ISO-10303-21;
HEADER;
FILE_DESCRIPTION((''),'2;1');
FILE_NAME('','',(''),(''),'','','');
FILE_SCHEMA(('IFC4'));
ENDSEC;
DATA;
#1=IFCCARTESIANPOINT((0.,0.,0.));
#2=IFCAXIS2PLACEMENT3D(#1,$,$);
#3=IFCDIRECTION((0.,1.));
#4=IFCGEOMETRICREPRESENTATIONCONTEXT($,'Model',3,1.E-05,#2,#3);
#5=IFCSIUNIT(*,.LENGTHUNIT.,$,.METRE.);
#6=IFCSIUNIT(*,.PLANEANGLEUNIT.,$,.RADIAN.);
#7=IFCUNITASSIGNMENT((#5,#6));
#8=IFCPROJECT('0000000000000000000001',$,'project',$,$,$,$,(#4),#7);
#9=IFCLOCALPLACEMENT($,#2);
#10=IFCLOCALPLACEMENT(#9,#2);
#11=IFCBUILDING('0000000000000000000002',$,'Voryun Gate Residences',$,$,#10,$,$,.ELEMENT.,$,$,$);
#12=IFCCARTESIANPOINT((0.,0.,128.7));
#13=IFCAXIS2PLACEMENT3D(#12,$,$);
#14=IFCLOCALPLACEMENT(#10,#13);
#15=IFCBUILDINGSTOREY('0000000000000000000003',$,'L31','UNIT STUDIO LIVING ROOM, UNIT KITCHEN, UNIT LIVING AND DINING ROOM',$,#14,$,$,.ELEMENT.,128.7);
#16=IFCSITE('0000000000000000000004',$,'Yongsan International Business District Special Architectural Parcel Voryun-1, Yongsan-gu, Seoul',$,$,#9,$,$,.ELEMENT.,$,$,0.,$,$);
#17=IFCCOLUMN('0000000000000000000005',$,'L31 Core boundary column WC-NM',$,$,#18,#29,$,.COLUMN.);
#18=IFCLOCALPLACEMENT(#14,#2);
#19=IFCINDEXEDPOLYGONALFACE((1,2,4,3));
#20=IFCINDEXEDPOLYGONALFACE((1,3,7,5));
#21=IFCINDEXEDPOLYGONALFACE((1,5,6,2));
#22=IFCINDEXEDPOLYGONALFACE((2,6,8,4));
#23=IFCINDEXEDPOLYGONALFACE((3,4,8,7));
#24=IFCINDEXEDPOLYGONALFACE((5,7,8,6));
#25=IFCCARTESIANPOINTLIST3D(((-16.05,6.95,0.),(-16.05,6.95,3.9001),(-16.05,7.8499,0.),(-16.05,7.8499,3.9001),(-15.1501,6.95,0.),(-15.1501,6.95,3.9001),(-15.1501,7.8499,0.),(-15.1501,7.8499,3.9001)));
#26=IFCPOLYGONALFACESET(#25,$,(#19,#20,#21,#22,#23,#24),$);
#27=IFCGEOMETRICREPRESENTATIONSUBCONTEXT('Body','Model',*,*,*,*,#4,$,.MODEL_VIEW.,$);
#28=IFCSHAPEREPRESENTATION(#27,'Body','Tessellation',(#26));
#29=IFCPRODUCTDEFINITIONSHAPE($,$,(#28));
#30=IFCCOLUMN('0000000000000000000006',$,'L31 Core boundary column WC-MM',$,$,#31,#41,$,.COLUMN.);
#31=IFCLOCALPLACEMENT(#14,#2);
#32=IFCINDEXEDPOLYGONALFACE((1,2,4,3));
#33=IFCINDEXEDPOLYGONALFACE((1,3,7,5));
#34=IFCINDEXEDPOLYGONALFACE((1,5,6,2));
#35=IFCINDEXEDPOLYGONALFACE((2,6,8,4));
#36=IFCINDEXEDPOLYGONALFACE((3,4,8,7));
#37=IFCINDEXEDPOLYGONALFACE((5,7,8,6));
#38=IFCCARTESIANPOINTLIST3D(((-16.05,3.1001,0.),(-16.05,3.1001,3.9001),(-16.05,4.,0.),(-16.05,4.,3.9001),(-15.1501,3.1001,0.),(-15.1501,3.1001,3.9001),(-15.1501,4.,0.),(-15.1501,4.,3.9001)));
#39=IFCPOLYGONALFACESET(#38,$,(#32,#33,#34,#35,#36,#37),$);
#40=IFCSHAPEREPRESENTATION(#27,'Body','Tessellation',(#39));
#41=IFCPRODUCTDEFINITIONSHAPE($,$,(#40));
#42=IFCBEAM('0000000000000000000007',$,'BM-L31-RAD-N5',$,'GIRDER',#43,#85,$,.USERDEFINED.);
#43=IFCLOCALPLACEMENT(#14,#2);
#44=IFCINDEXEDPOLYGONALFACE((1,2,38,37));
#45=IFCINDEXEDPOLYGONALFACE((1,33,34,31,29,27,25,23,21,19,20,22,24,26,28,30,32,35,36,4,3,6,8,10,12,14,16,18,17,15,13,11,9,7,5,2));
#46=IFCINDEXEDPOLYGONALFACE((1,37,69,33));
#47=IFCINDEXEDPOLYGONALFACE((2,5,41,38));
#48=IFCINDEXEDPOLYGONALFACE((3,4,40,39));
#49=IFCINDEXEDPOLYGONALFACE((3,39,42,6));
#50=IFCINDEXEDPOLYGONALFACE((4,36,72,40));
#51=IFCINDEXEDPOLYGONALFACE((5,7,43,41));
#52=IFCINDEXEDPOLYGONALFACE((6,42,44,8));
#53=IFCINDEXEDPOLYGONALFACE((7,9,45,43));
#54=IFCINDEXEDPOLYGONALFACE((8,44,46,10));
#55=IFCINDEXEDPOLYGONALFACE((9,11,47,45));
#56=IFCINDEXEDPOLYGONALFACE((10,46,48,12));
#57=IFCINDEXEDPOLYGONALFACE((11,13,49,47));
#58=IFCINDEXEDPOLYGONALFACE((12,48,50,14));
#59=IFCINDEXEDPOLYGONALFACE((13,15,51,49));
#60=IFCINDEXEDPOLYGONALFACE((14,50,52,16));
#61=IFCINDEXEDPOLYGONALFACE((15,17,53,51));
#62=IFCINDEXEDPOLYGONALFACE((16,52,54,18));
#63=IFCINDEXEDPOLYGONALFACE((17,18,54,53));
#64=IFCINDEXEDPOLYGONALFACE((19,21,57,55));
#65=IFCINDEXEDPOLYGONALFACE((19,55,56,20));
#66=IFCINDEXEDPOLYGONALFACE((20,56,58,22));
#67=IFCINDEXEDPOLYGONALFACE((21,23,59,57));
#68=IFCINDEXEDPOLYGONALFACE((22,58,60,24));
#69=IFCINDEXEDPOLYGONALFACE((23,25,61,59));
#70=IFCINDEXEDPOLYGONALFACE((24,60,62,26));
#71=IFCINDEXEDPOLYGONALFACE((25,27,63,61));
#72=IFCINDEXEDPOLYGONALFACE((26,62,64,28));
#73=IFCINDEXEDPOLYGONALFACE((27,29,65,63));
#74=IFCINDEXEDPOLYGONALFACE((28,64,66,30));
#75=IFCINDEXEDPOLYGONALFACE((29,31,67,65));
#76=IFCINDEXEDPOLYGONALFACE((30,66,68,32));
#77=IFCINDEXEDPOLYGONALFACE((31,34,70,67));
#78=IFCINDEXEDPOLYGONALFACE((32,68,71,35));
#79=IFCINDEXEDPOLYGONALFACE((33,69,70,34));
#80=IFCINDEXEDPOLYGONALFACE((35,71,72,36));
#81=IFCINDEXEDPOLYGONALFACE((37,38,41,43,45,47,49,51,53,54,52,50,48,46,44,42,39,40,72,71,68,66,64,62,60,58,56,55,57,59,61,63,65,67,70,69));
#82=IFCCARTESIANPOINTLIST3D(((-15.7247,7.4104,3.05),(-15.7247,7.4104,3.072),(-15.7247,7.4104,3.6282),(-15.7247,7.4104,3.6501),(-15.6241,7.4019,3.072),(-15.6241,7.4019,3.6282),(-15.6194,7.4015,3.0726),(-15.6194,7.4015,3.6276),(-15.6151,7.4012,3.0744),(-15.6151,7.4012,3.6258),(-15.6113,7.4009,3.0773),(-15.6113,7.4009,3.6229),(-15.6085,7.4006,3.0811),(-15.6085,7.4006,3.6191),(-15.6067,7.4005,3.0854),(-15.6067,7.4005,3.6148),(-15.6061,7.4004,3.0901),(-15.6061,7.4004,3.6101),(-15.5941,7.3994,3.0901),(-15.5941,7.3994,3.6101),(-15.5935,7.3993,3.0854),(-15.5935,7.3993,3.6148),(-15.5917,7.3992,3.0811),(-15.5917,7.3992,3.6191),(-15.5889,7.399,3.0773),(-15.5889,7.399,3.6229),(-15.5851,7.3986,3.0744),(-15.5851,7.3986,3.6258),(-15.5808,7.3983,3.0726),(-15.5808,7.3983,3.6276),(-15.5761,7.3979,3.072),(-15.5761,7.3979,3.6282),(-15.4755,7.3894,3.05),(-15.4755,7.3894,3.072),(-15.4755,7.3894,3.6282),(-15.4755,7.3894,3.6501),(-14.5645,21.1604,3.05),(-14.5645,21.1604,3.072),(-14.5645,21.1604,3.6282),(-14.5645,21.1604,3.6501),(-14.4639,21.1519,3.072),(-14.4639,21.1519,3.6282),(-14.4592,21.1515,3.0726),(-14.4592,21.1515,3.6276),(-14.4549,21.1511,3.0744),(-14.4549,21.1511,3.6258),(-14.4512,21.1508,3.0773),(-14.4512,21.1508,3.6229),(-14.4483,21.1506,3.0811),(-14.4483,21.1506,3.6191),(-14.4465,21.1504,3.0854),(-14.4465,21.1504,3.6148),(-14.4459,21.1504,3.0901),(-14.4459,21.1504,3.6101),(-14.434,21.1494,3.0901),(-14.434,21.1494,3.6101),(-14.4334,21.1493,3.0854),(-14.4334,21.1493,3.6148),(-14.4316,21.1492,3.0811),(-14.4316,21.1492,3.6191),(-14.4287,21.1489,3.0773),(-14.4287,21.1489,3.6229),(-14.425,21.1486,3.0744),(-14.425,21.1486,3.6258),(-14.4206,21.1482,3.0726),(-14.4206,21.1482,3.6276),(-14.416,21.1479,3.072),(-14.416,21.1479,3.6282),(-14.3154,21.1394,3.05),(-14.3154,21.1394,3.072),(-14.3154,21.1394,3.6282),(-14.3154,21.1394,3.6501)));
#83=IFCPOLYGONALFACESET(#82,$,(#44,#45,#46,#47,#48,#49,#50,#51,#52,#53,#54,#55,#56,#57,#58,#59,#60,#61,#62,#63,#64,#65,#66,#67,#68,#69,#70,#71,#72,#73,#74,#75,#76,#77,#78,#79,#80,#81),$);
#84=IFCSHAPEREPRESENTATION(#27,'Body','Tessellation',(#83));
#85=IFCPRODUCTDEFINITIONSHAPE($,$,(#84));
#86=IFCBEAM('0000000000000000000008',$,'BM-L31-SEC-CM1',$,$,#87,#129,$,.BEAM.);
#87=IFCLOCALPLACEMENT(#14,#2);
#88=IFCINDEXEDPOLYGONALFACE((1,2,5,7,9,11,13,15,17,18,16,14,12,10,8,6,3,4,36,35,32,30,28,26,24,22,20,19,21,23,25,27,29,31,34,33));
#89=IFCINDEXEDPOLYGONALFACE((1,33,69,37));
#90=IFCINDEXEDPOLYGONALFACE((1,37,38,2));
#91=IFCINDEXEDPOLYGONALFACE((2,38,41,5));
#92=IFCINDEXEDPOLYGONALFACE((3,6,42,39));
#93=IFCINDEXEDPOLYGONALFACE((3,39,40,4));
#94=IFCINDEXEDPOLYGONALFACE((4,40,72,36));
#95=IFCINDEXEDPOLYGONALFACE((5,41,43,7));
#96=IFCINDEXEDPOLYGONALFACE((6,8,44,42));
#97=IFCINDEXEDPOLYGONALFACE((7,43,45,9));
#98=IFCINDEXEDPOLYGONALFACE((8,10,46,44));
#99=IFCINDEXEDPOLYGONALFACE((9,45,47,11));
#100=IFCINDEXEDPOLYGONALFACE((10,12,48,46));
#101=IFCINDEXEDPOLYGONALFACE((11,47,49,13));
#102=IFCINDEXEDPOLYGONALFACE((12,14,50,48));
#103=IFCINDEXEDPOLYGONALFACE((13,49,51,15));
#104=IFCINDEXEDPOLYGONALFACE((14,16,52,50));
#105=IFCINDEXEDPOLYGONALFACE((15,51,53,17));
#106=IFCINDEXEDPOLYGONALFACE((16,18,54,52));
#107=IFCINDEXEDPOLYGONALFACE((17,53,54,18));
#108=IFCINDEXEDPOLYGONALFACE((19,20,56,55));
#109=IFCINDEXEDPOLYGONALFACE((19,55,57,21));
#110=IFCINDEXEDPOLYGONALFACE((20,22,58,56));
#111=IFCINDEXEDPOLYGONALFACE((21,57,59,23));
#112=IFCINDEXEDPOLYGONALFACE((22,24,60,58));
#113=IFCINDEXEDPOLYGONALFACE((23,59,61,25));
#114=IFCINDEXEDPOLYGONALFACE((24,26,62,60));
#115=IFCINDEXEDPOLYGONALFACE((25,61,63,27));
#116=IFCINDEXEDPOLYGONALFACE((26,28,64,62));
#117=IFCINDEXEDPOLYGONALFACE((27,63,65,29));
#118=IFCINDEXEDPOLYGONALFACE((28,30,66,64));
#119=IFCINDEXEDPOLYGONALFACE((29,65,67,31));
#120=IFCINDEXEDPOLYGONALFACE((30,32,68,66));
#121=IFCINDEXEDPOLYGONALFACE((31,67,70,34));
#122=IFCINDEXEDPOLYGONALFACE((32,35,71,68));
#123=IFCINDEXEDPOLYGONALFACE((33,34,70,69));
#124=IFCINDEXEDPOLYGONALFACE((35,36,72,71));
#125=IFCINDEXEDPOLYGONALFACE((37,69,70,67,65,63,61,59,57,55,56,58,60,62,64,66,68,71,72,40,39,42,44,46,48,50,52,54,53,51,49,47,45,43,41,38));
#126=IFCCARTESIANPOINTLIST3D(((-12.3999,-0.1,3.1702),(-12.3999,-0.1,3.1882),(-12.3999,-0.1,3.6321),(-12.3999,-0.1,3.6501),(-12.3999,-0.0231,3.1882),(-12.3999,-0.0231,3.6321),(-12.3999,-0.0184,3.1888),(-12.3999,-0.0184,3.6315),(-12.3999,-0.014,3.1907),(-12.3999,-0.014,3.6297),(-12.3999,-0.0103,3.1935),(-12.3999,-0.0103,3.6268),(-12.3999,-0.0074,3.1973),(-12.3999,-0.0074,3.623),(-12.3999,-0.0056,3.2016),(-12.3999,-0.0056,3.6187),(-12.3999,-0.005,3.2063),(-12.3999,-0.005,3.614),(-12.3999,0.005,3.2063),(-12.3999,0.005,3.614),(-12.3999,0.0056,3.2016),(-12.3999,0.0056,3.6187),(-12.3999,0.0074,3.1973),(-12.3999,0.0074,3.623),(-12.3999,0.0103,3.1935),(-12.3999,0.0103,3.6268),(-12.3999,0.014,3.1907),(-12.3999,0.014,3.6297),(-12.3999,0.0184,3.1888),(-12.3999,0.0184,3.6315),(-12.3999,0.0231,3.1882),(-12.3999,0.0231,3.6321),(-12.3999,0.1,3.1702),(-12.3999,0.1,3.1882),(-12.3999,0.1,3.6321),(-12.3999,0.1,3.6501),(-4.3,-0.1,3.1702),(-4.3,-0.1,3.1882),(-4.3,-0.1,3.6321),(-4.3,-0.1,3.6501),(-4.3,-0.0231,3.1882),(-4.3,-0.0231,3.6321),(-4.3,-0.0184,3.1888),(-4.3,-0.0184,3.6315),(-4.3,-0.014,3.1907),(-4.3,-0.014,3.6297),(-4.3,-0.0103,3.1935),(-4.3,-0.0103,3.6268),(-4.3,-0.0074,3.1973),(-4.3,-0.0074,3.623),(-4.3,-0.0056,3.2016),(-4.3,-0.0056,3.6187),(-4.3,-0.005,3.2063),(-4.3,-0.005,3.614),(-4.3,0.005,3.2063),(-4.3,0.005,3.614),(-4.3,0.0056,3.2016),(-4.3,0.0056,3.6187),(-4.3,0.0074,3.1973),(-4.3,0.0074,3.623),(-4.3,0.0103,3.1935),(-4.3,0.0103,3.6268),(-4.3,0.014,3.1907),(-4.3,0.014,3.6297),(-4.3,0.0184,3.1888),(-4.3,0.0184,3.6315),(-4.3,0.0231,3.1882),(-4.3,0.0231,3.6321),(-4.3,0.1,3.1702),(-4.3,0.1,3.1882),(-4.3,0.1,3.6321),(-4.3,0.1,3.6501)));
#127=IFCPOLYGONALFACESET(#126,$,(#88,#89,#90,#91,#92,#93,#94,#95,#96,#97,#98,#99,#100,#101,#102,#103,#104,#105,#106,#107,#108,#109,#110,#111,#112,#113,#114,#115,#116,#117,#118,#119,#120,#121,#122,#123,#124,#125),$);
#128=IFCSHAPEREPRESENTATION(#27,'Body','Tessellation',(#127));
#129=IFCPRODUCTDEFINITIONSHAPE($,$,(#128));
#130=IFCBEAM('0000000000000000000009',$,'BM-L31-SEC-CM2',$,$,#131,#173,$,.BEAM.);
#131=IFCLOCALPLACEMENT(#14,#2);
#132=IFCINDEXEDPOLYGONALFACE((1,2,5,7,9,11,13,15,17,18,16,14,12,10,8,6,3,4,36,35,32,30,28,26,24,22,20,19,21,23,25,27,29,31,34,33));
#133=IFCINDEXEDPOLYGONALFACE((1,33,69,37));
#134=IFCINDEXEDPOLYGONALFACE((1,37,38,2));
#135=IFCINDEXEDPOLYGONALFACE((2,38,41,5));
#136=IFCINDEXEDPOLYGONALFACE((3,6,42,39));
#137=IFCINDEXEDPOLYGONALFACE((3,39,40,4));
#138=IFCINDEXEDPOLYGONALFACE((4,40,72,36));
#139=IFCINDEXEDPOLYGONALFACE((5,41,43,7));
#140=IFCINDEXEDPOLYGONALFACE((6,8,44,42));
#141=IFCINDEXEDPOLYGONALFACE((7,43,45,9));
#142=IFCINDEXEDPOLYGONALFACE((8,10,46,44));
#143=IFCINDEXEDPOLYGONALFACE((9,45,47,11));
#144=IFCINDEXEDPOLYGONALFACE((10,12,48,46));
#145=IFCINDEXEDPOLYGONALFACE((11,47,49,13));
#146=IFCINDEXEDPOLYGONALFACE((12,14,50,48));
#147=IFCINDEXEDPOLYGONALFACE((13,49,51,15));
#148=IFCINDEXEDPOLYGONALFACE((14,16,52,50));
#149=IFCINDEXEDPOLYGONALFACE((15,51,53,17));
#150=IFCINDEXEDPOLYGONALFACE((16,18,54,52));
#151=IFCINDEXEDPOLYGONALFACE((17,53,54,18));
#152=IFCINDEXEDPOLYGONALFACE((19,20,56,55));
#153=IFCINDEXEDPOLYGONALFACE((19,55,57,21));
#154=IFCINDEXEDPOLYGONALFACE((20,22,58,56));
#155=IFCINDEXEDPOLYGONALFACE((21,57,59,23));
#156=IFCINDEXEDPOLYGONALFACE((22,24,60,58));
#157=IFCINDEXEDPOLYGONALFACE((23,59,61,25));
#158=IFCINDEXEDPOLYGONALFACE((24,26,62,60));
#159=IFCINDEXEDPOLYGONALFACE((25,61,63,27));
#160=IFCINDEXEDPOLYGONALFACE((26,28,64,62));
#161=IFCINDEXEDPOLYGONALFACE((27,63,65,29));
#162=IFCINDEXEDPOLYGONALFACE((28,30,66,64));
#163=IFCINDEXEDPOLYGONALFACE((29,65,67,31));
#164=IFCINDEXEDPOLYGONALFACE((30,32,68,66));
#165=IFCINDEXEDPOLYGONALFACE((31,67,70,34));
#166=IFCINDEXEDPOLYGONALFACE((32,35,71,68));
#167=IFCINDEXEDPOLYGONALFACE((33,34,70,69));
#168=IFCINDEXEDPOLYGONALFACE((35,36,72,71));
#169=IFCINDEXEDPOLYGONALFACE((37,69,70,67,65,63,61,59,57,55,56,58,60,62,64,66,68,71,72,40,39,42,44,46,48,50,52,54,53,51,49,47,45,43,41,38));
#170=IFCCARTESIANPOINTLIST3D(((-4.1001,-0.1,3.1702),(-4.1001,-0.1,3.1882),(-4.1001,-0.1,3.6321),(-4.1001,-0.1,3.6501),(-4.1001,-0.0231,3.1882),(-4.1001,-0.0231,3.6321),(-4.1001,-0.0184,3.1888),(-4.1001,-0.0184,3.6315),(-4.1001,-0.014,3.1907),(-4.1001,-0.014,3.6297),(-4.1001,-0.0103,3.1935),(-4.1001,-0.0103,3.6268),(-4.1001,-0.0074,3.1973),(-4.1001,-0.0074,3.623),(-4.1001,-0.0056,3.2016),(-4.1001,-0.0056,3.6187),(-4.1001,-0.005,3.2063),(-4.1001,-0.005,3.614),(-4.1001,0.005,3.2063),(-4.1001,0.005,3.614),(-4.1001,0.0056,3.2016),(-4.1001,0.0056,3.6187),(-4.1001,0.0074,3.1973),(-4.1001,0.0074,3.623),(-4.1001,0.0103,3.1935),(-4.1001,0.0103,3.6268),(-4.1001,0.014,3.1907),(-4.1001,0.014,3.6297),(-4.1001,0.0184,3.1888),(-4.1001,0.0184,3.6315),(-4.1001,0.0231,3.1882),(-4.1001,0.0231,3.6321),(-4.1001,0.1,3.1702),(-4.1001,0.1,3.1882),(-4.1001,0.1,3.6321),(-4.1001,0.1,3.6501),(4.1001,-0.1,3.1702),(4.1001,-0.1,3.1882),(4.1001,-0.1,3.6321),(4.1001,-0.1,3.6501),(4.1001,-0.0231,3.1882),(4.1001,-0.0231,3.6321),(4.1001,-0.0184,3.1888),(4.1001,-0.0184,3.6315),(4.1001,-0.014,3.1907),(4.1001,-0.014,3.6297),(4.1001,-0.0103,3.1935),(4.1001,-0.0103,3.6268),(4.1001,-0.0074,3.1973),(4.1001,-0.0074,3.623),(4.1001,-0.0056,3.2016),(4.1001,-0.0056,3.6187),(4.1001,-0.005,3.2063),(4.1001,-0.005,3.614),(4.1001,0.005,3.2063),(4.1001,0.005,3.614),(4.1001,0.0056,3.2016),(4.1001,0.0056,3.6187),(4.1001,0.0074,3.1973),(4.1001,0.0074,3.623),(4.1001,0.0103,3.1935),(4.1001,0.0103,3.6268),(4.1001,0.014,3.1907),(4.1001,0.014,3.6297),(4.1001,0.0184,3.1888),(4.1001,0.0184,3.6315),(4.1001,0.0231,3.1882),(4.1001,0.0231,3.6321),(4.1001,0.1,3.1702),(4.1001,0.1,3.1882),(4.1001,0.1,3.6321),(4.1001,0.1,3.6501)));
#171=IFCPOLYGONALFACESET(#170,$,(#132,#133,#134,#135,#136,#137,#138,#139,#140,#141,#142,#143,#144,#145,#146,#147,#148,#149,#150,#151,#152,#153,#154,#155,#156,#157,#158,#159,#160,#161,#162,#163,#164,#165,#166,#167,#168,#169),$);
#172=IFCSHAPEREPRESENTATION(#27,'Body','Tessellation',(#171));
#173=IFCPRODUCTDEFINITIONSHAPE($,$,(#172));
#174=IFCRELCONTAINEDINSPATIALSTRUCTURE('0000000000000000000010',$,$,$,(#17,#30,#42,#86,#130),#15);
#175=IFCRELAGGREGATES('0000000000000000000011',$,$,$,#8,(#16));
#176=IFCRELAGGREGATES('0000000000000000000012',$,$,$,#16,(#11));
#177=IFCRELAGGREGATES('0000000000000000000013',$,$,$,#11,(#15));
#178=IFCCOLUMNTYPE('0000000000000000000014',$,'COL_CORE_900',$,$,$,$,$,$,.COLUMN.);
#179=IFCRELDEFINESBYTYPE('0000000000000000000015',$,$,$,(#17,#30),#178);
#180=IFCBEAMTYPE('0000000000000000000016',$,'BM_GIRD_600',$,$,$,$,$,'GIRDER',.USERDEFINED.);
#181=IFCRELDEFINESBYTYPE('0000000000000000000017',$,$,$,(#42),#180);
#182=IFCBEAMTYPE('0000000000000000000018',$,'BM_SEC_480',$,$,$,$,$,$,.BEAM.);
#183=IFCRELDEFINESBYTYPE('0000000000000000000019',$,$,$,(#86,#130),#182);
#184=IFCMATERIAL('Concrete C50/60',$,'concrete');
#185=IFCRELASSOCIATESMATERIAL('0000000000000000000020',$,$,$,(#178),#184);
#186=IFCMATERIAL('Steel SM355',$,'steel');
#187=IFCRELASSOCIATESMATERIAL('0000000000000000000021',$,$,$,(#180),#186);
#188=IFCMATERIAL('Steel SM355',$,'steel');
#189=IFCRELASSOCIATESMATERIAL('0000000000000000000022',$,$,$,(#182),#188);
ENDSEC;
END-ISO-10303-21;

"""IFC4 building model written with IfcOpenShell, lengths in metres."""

from ifc_helpers import new_model, si_unit, direction, frame, origin, origin_2d, place, context, subcontext, project, spatial, rectangle, i_section, extrude, material, material_profile, profile_set, type_object, element, save


model = new_model("IFC4")

# Units and contexts
model_context = context("Model", 3, precision=1e-05, world=origin(), true_north=direction((0.0, 1.0)))
body_context = subcontext(model_context, "Body", "Model", "MODEL_VIEW")
ifc_project = project(units=[si_unit("LENGTHUNIT", "METRE"), si_unit("PLANEANGLEUNIT", "RADIAN")], contexts=[model_context])

# Site, building, storey
site_placement = place(None, origin())
site = spatial("IfcSite", under=ifc_project, at=site_placement, Name="Yongsan International Business District Special Architectural Parcel Voryun-1, Yongsan-gu, Seoul", CompositionType="ELEMENT", RefElevation=0.0)
building_placement = place(site_placement, origin())
building = spatial("IfcBuilding", under=site, at=building_placement, Name="Voryun Gate Residences", CompositionType="ELEMENT")
storey_placement = place(building_placement, frame((0.0, 0.0, 128.7)))
storey = spatial("IfcBuildingStorey", under=building, at=storey_placement, Name="L31", Description="UNIT STUDIO LIVING ROOM, UNIT KITCHEN, UNIT LIVING AND DINING ROOM", CompositionType="ELEMENT", Elevation=128.7)

# Columns
ifc_material_1 = material(Name="Concrete C50/60", Category="concrete")
ifc_material_profile_1 = material_profile(ifc_material_1, rectangle(XDim=0.8999, YDim=0.8999, at=origin_2d()), Name="RC-900x900")
ifc_profile_set_1 = profile_set([ifc_material_profile_1], Name="Concrete C50/60")
column_type = type_object("IfcColumnType", Name="COL_CORE_900", PredefinedType="COLUMN", material=ifc_profile_set_1)
for number, where, z_axis, x_axis, name in (
    (1, (-15.6001, 7.3999, 0.0), (0.0, 0.0, 1.0), (1.0, 0.0, 0.0), "L31 Core boundary column WC-NM"),
    (2, (-15.6001, 3.55, 0.0), (0.0, 0.0, 1.0), (1.0, 0.0, 0.0), "L31 Core boundary column WC-MM"),
):
    element("IfcColumn", number, at=place(storey_placement, frame(where, z_axis=z_axis, x_axis=x_axis)), inside=storey, type_object=column_type, Name=name, PredefinedType="COLUMN", context=body_context, shape_type="SweptSolid", body=[
        extrude(rectangle(XDim=0.8999, YDim=0.8999, at=origin_2d()), origin(), (0.0, 0.0, 1.0), 3.9001),
    ])

# Beams
ifc_material_2 = material(Name="Steel SM355", Category="steel")
ifc_material_profile_2 = material_profile(ifc_material_2, i_section(OverallWidth=0.25, OverallDepth=0.6001, WebThickness=0.012, FlangeThickness=0.022, FilletRadius=0.0181, at=origin_2d()), Name="H-600x250x12x22")
ifc_profile_set_2 = profile_set([ifc_material_profile_2], Name="Steel SM355")
beam_type_1 = type_object("IfcBeamType", Name="BM_GIRD_600", ElementType="GIRDER", PredefinedType="USERDEFINED", material=ifc_profile_set_2)
beam_1_placement = place(storey_placement, frame((-15.6001, 7.3999, 3.3501), z_axis=(0.084076, 0.996459, 0.0), x_axis=(-0.996459, 0.084076, 0.0)))
element("IfcBeam", 3, at=beam_1_placement, inside=storey, type_object=beam_type_1, Name="BM-L31-RAD-N5", ObjectType="GIRDER", PredefinedType="USERDEFINED", context=body_context, shape_type="SweptSolid", body=[
    extrude(i_section(OverallWidth=0.25, OverallDepth=0.6001, WebThickness=0.012, FlangeThickness=0.022, FilletRadius=0.0181, at=origin_2d()), origin(), (0.0, 0.0, 1.0), 13.7988),
])
ifc_material_3 = material(Name="Steel SM355", Category="steel")
ifc_material_profile_3 = material_profile(ifc_material_3, i_section(OverallWidth=0.2, OverallDepth=0.48, WebThickness=0.01, FlangeThickness=0.0181, FilletRadius=0.0181, at=origin_2d()), Name="H-480x200x10x18")
ifc_profile_set_3 = profile_set([ifc_material_profile_3], Name="Steel SM355")
beam_type_2 = type_object("IfcBeamType", Name="BM_SEC_480", PredefinedType="BEAM", material=ifc_profile_set_3)
beam_2_placement = place(storey_placement, frame((-12.3999, 0.0, 3.4102), z_axis=(1.0, 0.0, 0.0), x_axis=(0.0, 1.0, 0.0)))
element("IfcBeam", 4, at=beam_2_placement, inside=storey, type_object=beam_type_2, Name="BM-L31-SEC-CM1", PredefinedType="BEAM", context=body_context, shape_type="SweptSolid", body=[
    extrude(i_section(OverallWidth=0.2, OverallDepth=0.48, WebThickness=0.01, FlangeThickness=0.0181, FilletRadius=0.0181, at=origin_2d()), origin(), (0.0, 0.0, 1.0), 8.0999),
])
beam_3_placement = place(storey_placement, frame((-4.1001, 0.0, 3.4102), z_axis=(1.0, 0.0, 0.0), x_axis=(0.0, 1.0, 0.0)))
element("IfcBeam", 5, at=beam_3_placement, inside=storey, type_object=beam_type_2, Name="BM-L31-SEC-CM2", PredefinedType="BEAM", context=body_context, shape_type="SweptSolid", body=[
    extrude(i_section(OverallWidth=0.2, OverallDepth=0.48, WebThickness=0.01, FlangeThickness=0.0181, FilletRadius=0.0181, at=origin_2d()), origin(), (0.0, 0.0, 1.0), 8.2002),
])

save(model, "model.ifc")
